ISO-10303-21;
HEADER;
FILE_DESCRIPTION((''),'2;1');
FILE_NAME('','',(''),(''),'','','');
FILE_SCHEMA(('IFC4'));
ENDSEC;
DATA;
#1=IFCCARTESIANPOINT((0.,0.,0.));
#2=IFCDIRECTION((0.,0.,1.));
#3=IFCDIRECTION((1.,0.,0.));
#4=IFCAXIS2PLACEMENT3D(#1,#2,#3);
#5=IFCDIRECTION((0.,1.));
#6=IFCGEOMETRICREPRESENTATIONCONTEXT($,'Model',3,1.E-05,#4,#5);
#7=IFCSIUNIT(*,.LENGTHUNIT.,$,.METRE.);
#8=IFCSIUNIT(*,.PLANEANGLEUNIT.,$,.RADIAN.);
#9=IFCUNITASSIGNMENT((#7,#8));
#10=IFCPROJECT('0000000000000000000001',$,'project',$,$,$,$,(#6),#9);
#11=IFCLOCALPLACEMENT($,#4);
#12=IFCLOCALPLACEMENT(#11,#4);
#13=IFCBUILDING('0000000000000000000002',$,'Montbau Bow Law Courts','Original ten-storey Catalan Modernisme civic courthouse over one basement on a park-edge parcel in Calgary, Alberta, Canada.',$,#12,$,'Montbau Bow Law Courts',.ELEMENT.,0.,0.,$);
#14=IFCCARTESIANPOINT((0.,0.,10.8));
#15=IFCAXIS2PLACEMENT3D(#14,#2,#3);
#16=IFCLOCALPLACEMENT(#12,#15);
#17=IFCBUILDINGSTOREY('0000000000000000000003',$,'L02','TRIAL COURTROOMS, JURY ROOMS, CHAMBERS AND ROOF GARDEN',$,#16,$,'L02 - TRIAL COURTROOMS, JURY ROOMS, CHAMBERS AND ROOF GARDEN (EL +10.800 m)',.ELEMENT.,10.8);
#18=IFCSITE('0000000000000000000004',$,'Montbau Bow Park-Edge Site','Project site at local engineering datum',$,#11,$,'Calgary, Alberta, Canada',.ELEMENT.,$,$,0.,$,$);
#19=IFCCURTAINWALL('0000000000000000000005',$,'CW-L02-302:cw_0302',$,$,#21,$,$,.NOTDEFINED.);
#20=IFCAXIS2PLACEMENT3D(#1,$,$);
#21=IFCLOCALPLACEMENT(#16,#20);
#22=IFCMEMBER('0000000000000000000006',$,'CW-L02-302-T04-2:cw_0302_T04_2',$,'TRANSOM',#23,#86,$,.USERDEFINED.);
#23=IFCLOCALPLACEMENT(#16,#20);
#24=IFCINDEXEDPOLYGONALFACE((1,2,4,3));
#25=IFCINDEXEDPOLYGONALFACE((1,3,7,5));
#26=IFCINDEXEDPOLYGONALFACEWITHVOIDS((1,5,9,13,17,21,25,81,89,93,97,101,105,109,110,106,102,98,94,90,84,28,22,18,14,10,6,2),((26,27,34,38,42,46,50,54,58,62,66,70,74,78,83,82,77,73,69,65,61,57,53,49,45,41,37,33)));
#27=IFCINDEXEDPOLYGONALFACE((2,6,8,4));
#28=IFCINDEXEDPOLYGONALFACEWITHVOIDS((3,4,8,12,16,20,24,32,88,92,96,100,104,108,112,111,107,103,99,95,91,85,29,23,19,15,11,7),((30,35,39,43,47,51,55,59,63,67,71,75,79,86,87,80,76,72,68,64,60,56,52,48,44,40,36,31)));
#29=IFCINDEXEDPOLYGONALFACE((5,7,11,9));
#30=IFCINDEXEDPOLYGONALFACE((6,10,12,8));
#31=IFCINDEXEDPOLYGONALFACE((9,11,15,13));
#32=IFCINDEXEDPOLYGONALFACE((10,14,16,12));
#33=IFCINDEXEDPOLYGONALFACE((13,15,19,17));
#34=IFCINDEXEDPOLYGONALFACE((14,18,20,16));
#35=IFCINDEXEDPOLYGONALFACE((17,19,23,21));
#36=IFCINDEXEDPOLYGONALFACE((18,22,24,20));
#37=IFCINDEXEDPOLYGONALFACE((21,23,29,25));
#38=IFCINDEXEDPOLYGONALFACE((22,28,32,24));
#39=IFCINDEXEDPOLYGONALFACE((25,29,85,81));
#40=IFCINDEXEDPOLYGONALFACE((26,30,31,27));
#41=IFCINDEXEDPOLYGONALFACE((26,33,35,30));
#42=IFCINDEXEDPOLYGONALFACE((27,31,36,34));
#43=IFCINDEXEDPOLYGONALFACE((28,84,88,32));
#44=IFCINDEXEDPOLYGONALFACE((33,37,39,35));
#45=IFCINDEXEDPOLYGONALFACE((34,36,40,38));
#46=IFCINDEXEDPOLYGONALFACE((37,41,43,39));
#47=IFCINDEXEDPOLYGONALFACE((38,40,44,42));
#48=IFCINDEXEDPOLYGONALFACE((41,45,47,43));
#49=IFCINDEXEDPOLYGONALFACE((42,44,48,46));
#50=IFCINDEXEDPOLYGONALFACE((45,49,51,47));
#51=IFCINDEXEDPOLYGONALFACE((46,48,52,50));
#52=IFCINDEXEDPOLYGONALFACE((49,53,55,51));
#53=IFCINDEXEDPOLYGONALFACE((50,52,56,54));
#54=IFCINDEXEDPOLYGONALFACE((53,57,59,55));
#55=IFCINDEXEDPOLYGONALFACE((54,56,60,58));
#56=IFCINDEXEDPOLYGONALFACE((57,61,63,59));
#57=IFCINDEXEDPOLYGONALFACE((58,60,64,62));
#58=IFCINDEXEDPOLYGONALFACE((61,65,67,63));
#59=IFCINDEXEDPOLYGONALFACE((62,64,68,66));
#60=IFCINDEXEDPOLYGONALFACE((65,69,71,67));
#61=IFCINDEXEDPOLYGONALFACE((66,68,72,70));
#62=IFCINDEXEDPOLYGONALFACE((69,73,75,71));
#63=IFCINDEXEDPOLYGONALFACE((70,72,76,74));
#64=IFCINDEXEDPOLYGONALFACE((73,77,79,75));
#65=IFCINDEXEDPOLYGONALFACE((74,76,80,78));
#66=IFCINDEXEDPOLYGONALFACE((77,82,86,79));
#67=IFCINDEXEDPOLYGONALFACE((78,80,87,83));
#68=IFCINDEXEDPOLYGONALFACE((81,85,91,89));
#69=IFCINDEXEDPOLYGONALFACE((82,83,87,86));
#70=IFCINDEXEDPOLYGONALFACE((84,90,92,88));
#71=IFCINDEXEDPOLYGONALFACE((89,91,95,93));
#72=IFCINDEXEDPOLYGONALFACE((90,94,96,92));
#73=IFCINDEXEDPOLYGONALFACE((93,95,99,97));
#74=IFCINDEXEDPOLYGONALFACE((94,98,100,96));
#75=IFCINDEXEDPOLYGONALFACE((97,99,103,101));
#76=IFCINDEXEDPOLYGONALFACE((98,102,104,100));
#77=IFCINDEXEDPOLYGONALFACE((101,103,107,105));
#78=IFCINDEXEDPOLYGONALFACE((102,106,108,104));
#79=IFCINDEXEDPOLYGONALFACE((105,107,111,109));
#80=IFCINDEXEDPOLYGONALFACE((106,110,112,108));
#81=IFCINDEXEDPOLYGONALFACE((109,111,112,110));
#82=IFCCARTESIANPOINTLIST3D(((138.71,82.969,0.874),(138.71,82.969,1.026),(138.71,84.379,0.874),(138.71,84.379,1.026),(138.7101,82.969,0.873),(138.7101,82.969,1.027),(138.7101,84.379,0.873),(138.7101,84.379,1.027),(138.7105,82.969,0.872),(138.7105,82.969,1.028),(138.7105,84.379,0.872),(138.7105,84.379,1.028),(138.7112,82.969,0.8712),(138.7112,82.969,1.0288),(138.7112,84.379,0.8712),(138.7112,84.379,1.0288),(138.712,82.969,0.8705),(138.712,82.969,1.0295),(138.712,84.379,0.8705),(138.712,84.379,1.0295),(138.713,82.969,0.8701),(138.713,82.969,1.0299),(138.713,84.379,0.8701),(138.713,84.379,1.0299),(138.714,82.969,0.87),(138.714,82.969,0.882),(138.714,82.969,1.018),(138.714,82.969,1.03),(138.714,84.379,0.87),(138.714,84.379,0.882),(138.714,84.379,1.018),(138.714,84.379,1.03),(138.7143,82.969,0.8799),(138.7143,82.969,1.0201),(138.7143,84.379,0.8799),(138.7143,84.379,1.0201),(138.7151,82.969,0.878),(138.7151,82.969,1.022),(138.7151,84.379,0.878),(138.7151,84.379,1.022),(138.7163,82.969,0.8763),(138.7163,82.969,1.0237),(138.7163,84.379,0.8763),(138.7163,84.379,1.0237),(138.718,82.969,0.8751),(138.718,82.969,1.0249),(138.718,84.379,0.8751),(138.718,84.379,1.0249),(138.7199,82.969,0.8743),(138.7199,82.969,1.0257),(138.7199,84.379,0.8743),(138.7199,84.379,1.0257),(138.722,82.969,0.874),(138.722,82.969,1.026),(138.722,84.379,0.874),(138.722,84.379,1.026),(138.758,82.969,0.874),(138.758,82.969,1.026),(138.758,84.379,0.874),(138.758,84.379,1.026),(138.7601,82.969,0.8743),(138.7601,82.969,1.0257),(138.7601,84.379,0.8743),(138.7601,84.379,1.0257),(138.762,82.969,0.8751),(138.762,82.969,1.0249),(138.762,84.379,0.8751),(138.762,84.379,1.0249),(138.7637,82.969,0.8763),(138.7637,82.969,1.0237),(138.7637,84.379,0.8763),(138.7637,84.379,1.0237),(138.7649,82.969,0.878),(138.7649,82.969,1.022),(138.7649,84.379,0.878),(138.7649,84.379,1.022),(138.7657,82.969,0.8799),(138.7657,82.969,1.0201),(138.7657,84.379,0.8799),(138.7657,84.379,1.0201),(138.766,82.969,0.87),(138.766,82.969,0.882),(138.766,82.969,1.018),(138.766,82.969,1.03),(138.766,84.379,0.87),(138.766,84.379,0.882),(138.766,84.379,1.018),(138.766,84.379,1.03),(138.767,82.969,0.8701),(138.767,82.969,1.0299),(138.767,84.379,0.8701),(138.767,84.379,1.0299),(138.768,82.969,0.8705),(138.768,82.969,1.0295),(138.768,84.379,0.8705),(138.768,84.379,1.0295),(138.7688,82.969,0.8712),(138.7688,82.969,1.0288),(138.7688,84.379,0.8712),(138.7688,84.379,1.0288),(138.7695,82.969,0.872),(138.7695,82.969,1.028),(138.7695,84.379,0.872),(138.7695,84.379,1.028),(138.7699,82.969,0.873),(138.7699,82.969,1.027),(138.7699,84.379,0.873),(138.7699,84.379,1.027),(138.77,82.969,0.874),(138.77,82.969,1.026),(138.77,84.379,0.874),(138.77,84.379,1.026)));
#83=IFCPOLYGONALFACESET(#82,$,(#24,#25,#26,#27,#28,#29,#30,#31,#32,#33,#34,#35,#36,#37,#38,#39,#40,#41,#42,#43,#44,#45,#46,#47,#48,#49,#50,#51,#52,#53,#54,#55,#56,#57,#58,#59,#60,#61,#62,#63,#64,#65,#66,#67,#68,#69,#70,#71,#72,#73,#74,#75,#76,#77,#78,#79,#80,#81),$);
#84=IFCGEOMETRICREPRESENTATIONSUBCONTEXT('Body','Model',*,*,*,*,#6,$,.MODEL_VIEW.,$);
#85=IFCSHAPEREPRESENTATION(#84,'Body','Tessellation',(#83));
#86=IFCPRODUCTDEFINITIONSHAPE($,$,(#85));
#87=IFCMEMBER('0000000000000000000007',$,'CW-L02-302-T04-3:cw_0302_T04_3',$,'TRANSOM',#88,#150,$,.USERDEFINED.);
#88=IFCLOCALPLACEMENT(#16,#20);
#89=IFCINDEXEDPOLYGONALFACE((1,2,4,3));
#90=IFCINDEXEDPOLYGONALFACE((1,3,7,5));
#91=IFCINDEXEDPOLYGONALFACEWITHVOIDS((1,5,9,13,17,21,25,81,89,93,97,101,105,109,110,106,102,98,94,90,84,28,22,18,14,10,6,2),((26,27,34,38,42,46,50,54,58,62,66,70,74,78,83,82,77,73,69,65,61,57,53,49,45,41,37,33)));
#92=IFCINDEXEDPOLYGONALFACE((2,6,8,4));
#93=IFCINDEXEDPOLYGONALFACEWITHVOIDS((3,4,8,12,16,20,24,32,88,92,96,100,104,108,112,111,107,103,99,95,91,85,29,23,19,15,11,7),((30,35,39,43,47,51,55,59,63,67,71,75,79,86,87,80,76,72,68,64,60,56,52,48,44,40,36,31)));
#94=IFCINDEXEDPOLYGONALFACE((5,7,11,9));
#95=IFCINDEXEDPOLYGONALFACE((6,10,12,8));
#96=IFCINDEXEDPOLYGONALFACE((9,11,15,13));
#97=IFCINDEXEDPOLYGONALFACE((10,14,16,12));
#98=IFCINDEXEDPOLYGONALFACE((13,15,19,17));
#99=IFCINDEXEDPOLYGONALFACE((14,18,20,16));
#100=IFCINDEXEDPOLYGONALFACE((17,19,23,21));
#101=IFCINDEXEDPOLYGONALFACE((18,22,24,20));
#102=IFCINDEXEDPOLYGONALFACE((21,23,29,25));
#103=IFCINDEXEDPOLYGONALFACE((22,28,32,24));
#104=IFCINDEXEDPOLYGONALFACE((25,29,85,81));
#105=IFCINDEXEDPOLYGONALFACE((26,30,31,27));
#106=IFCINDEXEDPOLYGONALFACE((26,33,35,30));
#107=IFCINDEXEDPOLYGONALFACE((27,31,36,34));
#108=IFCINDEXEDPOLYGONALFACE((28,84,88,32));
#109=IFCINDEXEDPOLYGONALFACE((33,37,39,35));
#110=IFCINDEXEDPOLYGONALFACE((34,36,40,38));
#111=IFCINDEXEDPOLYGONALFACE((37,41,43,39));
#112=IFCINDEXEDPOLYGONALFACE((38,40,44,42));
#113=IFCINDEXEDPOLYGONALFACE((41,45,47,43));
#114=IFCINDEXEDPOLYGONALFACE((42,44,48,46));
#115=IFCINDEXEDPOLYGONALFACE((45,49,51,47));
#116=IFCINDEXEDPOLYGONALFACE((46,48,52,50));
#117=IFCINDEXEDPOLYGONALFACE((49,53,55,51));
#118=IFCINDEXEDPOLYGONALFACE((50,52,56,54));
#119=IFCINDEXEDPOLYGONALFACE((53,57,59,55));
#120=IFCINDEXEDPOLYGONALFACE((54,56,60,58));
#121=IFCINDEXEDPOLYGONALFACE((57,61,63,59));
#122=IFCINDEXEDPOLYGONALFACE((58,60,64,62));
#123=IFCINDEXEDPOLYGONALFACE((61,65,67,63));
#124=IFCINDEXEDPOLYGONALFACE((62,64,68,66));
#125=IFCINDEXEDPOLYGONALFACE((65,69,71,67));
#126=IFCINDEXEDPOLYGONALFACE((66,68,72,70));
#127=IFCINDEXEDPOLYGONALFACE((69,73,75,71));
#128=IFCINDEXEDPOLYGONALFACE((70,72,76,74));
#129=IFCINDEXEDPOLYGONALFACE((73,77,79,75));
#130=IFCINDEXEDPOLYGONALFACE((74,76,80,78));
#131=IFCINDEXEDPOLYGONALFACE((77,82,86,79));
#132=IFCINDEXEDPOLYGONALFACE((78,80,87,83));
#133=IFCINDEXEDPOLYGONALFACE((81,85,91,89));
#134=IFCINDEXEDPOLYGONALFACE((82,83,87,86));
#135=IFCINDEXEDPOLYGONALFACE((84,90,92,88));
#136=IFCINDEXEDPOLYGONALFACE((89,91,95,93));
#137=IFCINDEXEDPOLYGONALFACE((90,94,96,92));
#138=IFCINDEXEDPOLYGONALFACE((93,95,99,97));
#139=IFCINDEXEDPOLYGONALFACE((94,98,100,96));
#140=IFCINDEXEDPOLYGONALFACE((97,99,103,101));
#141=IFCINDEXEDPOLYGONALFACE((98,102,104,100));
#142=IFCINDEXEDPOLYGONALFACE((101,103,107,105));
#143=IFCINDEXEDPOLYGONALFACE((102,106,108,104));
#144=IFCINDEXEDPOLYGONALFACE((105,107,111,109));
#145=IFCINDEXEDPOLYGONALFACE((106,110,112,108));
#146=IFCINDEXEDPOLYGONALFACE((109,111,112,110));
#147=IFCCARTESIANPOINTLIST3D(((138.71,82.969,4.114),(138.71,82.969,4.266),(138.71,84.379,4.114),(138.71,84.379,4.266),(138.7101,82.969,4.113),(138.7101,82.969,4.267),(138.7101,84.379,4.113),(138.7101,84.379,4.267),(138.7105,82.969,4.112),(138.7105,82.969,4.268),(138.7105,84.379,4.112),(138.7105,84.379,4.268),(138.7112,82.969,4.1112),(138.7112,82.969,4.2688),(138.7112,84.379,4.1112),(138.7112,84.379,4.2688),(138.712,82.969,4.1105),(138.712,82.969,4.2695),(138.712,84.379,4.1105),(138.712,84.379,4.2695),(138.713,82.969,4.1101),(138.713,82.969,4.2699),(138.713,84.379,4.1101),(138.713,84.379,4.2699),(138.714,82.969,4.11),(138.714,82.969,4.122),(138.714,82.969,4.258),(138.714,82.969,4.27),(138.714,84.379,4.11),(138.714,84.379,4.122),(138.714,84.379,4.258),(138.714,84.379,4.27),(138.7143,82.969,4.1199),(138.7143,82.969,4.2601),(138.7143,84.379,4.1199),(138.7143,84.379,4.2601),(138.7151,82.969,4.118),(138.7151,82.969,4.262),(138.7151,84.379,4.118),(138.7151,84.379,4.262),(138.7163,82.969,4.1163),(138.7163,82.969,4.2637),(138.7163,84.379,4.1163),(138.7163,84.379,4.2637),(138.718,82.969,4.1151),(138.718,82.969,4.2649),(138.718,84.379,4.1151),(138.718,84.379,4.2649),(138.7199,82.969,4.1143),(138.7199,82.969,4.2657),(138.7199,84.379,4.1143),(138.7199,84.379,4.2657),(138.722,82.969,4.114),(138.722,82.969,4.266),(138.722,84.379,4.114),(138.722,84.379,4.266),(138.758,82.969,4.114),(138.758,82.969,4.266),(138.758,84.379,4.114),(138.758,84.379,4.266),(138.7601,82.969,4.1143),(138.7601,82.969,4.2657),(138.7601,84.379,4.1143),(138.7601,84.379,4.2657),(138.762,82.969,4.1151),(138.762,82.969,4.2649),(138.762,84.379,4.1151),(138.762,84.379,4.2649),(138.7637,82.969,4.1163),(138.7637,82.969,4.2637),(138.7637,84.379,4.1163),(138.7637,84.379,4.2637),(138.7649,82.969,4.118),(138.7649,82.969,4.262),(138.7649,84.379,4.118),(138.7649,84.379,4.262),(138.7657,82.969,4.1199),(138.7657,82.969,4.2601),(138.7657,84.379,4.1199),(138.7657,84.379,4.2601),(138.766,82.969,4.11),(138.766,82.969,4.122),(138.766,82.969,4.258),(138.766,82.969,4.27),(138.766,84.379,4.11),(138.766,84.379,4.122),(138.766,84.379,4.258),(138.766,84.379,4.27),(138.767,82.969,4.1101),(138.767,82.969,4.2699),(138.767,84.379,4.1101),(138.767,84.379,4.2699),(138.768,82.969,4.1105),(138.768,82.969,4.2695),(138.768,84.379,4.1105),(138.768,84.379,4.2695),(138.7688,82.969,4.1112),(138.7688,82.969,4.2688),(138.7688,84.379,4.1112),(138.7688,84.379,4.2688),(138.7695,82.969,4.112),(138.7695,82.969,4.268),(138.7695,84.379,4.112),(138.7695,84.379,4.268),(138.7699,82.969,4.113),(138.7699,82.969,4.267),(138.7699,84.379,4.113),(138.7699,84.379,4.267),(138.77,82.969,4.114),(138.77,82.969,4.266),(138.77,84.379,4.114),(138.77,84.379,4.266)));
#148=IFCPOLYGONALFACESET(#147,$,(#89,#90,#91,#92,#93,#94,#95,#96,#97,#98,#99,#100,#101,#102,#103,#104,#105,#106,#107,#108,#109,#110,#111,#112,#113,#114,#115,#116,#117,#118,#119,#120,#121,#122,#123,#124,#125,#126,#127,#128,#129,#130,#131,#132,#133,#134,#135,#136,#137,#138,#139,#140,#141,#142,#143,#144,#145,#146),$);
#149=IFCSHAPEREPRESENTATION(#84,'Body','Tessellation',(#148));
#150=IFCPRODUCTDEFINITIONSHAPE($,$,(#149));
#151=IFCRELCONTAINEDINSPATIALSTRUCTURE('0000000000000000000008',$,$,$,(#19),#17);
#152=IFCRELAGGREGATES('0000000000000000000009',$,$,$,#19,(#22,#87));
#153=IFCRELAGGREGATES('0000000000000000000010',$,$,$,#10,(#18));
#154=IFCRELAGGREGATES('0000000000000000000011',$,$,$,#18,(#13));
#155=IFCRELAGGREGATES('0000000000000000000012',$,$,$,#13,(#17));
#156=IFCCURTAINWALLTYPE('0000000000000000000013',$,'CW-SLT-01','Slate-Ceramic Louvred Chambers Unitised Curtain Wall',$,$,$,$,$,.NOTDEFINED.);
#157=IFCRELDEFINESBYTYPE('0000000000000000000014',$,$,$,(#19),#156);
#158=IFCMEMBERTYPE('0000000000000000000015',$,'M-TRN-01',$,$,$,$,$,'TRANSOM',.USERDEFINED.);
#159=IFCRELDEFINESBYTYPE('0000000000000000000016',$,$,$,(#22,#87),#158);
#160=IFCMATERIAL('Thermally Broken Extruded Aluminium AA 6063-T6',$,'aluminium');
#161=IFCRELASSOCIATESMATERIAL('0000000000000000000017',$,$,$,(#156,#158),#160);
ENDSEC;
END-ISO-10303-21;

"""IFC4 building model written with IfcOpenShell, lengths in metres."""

from ifc_helpers import new_model, si_unit, direction, frame, origin_with_axes, origin_2d_with_axis, place, context, subcontext, project, spatial, hollow_rectangle, extrude, material, material_profile, profile_set, type_object, element, aggregate, save


model = new_model("IFC4")

# Units and contexts
model_context = context("Model", 3, precision=1e-05, world=origin_with_axes(), true_north=direction((0.0, 1.0)))
body_context = subcontext(model_context, "Body", "Model", "MODEL_VIEW")
ifc_project = project(units=[si_unit("LENGTHUNIT", "METRE"), si_unit("PLANEANGLEUNIT", "RADIAN")], contexts=[model_context])

# Site, building, storey
site_placement = place(None, origin_with_axes())
site = spatial("IfcSite", under=ifc_project, at=site_placement, Name="Montbau Bow Park-Edge Site", Description="Project site at local engineering datum", LongName="Calgary, Alberta, Canada", CompositionType="ELEMENT", RefElevation=0.0)
building_placement = place(site_placement, origin_with_axes())
building = spatial("IfcBuilding", under=site, at=building_placement, Name="Montbau Bow Law Courts", Description="Original ten-storey Catalan Modernisme civic courthouse over one basement on a park-edge parcel in Calgary, Alberta, Canada.", LongName="Montbau Bow Law Courts", CompositionType="ELEMENT", ElevationOfRefHeight=0.0, ElevationOfTerrain=0.0)
storey_placement = place(building_placement, frame((0.0, 0.0, 10.8), z_axis=(0.0, 0.0, 1.0), x_axis=(1.0, 0.0, 0.0)))
storey = spatial("IfcBuildingStorey", under=building, at=storey_placement, Name="L02", Description="TRIAL COURTROOMS, JURY ROOMS, CHAMBERS AND ROOF GARDEN", LongName="L02 - TRIAL COURTROOMS, JURY ROOMS, CHAMBERS AND ROOF GARDEN (EL +10.800 m)", CompositionType="ELEMENT", Elevation=10.8)

# Curtain wall, members
ifc_material_1 = material(Name="Thermally Broken Extruded Aluminium AA 6063-T6", Category="aluminium")
curtain_wall_type = type_object("IfcCurtainWallType", Name="CW-SLT-01", Description="Slate-Ceramic Louvred Chambers Unitised Curtain Wall", PredefinedType="NOTDEFINED", material=ifc_material_1)
curtain_wall_1_placement = place(None, frame((138.74, 78.515, 10.8), z_axis=(0.0, 0.0, 1.0), x_axis=(1.0, 0.0, 0.0)))
curtain_wall_1 = element("IfcCurtainWall", 1, at=curtain_wall_1_placement, inside=storey, type_object=curtain_wall_type, Name="CW-L02-302:cw_0302", PredefinedType="NOTDEFINED")
ifc_material_profile_1 = material_profile(ifc_material_1, hollow_rectangle(XDim=0.06, YDim=0.16, WallThickness=0.004, InnerFilletRadius=0.008, OuterFilletRadius=0.004, at=origin_2d_with_axis()), Name="CWT-160X60", Category="Main", Priority=0)
ifc_profile_set_1 = profile_set([ifc_material_profile_1], Name="Thermally Broken Extruded Aluminium AA 6063-T6")
member_type_1 = type_object("IfcMemberType", Name="M-TRN-01", ElementType="TRANSOM", PredefinedType="USERDEFINED", material=ifc_profile_set_1)
member_1_placement = place(None, frame((138.74, 82.969, 11.75), z_axis=(0.0, 1.0, 0.0), x_axis=(-1.0, 0.0, 0.0)))
member_1 = element("IfcMember", 2, at=member_1_placement, type_object=member_type_1, Name="CW-L02-302-T04-2:cw_0302_T04_2", ObjectType="TRANSOM", PredefinedType="USERDEFINED", context=body_context, shape_type="SweptSolid", body=[
    extrude(hollow_rectangle(XDim=0.06, YDim=0.16, WallThickness=0.004, InnerFilletRadius=0.008, OuterFilletRadius=0.004, at=origin_2d_with_axis()), origin_with_axes(), (0.0, 0.0, 1.0), 1.41),
])
member_2_placement = place(None, frame((138.74, 82.969, 14.99), z_axis=(0.0, 1.0, 0.0), x_axis=(-1.0, 0.0, 0.0)))
member_2 = element("IfcMember", 3, at=member_2_placement, type_object=member_type_1, Name="CW-L02-302-T04-3:cw_0302_T04_3", ObjectType="TRANSOM", PredefinedType="USERDEFINED", context=body_context, shape_type="SweptSolid", body=[
    extrude(hollow_rectangle(XDim=0.06, YDim=0.16, WallThickness=0.004, InnerFilletRadius=0.008, OuterFilletRadius=0.004, at=origin_2d_with_axis()), origin_with_axes(), (0.0, 0.0, 1.0), 1.41),
])

aggregate(curtain_wall_1, [member_1, member_2])

save(model, "model.ifc")
